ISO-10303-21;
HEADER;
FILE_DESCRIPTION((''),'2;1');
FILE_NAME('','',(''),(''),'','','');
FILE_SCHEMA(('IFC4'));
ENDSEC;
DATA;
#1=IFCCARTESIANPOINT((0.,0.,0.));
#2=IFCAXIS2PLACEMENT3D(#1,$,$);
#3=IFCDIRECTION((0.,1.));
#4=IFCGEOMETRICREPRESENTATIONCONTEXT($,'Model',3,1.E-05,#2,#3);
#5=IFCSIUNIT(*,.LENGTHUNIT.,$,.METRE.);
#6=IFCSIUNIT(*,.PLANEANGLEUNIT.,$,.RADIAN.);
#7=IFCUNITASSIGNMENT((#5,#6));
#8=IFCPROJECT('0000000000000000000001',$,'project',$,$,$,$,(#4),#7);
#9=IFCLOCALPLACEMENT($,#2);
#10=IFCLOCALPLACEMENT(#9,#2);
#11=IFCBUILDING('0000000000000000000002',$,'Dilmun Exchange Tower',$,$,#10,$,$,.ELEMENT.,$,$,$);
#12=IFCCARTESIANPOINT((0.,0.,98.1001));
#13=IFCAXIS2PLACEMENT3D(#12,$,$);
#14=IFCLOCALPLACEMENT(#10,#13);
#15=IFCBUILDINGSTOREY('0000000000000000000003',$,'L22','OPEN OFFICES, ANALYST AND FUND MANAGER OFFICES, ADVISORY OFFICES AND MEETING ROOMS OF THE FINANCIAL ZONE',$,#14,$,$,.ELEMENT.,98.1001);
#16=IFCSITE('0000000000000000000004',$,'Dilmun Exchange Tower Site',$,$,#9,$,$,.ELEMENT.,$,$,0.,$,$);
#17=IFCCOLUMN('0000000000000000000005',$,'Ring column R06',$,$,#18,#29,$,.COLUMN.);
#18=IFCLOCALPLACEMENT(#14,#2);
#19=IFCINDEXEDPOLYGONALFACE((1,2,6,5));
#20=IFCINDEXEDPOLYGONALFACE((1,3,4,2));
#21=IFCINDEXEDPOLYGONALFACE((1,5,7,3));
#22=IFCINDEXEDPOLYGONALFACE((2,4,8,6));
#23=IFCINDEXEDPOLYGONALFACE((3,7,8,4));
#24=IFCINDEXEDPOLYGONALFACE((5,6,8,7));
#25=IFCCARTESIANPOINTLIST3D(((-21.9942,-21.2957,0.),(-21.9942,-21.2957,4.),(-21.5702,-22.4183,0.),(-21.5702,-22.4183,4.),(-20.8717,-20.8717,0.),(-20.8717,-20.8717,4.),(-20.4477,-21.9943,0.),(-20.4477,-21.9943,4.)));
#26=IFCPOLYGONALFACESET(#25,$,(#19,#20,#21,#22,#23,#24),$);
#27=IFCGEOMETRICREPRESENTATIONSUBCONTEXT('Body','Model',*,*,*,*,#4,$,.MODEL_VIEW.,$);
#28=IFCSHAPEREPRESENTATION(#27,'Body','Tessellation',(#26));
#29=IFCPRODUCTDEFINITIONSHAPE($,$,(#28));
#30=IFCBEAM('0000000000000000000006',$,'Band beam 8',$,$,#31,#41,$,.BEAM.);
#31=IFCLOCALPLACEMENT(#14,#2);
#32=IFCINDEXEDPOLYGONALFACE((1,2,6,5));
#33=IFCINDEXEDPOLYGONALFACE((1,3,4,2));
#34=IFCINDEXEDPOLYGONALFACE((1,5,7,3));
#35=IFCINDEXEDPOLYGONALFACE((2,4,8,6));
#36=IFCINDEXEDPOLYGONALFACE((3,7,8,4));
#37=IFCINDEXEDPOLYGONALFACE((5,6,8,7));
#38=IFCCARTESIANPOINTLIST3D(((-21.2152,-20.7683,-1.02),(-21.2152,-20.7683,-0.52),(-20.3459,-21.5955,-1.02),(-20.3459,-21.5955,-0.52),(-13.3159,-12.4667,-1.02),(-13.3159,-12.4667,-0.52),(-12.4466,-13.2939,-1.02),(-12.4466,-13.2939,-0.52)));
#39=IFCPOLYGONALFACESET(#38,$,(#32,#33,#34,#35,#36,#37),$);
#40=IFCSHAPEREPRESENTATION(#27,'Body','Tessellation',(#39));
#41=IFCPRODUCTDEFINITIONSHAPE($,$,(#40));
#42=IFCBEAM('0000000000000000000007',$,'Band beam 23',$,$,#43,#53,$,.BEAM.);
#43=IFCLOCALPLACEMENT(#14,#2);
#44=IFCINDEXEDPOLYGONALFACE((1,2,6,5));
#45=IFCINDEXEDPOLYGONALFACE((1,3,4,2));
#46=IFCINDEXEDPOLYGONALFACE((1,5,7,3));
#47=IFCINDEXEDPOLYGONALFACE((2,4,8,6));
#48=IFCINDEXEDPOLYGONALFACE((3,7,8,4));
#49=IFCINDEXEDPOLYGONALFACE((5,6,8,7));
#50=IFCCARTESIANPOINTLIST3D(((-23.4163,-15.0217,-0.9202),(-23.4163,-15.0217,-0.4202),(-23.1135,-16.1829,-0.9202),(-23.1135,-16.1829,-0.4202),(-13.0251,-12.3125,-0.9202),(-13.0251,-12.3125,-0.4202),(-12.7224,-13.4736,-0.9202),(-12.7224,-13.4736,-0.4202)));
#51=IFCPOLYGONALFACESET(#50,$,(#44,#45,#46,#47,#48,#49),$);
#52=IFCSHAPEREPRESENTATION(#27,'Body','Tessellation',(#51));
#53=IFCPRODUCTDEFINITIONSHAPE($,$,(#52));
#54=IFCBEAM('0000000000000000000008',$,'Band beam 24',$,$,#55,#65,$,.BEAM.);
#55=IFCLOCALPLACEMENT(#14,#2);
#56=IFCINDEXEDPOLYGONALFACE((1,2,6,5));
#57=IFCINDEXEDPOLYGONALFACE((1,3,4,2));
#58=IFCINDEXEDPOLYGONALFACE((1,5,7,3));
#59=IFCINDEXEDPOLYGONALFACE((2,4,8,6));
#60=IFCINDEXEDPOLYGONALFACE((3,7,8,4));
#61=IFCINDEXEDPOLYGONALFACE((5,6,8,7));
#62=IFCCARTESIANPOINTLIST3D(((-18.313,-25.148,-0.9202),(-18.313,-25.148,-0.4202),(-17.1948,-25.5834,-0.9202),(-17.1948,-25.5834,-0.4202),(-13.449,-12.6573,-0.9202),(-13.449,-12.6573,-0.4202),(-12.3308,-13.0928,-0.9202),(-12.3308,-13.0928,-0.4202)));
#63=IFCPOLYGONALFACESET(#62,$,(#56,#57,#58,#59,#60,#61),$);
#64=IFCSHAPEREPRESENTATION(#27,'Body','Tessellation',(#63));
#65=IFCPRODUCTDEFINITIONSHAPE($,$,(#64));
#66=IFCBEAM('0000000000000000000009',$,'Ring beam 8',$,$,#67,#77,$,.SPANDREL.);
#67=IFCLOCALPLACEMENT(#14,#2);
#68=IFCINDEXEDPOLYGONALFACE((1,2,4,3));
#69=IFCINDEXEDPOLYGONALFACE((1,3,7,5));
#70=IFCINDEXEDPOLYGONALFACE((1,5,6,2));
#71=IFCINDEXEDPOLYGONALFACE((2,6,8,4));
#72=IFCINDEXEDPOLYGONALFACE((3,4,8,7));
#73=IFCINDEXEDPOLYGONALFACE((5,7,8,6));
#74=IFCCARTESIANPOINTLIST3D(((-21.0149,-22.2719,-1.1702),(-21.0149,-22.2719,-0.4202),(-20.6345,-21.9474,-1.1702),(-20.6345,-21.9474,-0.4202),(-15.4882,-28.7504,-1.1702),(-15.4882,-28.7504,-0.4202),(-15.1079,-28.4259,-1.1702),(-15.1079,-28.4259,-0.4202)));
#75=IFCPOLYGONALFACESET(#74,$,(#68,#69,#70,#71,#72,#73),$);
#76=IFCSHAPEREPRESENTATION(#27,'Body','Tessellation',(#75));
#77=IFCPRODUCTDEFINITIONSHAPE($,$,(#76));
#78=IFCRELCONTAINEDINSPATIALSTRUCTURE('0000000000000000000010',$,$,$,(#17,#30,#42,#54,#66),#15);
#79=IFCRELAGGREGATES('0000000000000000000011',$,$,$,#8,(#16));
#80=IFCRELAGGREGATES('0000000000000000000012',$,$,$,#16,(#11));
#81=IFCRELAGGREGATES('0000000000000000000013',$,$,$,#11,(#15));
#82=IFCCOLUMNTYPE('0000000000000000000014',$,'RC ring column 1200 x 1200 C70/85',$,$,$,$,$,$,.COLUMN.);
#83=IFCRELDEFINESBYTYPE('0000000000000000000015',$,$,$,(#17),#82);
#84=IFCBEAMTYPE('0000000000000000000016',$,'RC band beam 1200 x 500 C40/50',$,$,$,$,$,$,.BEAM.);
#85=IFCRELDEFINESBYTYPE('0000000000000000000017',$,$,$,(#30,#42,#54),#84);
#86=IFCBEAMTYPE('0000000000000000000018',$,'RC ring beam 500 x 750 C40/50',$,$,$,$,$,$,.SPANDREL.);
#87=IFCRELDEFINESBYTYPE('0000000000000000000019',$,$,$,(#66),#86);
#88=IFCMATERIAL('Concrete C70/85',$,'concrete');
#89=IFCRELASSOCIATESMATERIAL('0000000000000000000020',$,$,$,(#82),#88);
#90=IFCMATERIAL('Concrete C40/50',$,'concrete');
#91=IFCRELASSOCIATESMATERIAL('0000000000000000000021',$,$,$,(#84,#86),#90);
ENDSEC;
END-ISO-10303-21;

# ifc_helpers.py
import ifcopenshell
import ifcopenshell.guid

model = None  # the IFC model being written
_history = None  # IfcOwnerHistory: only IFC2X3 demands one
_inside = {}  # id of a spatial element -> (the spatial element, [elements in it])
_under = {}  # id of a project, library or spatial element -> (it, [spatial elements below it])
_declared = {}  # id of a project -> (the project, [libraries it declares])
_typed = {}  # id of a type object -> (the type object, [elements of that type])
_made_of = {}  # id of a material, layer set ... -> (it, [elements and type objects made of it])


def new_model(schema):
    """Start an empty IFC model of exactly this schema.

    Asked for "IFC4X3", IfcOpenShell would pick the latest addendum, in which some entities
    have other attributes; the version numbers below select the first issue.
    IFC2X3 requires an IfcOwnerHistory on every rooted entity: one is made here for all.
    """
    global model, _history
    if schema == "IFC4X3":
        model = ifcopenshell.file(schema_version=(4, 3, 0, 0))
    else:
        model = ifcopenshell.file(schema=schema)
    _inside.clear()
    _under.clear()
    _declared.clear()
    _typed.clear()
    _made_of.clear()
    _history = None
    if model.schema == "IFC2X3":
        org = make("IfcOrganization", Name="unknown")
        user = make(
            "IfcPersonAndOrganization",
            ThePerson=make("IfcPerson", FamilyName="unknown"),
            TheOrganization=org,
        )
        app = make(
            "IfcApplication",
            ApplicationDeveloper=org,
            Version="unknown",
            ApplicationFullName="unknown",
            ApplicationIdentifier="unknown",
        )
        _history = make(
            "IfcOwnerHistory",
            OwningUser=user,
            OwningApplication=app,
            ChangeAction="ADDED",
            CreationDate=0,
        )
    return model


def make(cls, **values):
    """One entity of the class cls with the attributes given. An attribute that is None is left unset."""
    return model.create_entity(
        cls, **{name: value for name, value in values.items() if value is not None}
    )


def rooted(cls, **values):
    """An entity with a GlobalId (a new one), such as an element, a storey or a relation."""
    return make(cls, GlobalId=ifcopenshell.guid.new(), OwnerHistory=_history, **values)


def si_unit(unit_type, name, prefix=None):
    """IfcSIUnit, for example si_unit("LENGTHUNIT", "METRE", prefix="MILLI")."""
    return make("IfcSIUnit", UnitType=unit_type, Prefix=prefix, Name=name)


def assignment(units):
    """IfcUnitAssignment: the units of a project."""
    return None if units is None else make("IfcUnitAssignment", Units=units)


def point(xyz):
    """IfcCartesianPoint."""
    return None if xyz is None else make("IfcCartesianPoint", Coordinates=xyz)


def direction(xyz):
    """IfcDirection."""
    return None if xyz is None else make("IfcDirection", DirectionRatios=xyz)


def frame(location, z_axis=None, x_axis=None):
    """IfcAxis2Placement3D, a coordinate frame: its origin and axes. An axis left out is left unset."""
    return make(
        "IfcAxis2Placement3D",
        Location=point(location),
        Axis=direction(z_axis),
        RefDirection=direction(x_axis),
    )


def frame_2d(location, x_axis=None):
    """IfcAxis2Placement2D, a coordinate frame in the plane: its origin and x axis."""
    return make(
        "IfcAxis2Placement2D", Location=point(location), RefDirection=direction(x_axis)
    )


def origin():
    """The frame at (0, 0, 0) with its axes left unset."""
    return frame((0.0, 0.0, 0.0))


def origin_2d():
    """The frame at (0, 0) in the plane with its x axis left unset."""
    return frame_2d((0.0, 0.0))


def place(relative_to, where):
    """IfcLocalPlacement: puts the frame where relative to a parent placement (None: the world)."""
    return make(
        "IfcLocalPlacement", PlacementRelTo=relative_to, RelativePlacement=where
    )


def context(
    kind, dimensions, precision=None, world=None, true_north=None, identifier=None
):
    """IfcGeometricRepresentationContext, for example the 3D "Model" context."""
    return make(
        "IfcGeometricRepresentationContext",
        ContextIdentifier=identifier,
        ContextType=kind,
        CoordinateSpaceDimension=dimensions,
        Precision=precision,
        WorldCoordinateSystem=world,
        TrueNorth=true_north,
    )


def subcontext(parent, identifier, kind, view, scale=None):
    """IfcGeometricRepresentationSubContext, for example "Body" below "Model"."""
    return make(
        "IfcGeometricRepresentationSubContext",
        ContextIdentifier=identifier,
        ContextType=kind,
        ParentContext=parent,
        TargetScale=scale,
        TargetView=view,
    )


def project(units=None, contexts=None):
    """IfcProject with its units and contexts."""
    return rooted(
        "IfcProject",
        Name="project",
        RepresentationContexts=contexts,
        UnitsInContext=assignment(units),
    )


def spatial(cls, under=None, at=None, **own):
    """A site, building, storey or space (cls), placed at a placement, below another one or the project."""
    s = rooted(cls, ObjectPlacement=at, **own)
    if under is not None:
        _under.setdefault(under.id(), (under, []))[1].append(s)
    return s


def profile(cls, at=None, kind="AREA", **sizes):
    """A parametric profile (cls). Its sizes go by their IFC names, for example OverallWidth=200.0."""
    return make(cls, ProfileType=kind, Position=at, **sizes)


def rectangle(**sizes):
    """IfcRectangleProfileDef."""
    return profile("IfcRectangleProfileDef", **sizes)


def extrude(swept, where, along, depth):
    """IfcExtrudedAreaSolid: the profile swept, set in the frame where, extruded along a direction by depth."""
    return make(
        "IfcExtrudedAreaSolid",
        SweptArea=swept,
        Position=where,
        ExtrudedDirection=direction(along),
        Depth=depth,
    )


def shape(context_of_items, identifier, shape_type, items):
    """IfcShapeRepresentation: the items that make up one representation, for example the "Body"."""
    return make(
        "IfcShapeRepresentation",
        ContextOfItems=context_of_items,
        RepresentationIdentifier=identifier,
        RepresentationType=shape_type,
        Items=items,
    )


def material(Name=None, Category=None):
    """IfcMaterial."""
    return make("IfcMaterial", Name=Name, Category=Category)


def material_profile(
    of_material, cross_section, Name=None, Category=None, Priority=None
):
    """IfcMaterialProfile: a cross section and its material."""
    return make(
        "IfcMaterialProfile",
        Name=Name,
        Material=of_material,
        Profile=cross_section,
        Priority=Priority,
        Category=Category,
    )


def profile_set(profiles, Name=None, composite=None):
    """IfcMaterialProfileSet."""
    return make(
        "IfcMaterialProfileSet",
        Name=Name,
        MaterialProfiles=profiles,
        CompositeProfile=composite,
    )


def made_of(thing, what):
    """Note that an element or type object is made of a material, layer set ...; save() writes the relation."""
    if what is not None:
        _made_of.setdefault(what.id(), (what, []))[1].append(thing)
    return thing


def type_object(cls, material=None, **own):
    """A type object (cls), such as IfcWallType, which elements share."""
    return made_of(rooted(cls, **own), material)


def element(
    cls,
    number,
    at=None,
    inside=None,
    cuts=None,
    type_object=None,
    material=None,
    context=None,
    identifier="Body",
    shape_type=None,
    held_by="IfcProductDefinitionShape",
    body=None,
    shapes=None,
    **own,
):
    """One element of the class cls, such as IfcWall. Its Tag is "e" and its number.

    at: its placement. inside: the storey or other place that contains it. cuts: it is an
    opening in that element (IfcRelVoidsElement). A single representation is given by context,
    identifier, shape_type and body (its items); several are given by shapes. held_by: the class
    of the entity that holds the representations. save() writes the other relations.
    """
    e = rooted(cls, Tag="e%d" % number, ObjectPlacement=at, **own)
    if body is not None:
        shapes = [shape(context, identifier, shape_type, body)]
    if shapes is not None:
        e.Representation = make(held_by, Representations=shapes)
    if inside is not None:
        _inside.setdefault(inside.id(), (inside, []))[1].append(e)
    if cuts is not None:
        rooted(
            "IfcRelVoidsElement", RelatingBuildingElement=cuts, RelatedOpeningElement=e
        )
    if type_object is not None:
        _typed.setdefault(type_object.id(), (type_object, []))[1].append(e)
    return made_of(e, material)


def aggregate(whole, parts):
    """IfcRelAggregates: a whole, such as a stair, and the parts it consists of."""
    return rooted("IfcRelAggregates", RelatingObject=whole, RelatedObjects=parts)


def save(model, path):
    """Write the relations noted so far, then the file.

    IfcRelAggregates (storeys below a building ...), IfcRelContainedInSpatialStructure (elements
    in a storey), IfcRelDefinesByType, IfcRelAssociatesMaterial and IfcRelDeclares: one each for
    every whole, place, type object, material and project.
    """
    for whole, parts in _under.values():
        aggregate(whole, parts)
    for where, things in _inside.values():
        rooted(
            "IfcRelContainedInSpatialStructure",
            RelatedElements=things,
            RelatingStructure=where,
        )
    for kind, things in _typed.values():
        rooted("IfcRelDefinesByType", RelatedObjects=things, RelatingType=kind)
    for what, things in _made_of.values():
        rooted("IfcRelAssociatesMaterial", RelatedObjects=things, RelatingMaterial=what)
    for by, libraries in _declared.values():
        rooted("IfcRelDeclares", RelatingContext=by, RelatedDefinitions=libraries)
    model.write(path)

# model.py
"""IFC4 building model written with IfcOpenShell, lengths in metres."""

from ifc_helpers import new_model, si_unit, direction, frame, origin, origin_2d, place, context, subcontext, project, spatial, rectangle, extrude, material, material_profile, profile_set, type_object, element, save


model = new_model("IFC4")

# Units and contexts
model_context = context("Model", 3, precision=1e-05, world=origin(), true_north=direction((0.0, 1.0)))
body_context = subcontext(model_context, "Body", "Model", "MODEL_VIEW")
ifc_project = project(units=[si_unit("LENGTHUNIT", "METRE"), si_unit("PLANEANGLEUNIT", "RADIAN")], contexts=[model_context])

# Site, building, storey
site_placement = place(None, origin())
site = spatial("IfcSite", under=ifc_project, at=site_placement, Name="Dilmun Exchange Tower Site", CompositionType="ELEMENT", RefElevation=0.0)
building_placement = place(site_placement, origin())
building = spatial("IfcBuilding", under=site, at=building_placement, Name="Dilmun Exchange Tower", CompositionType="ELEMENT")
storey_placement = place(building_placement, frame((0.0, 0.0, 98.1001)))
storey = spatial("IfcBuildingStorey", under=building, at=storey_placement, Name="L22", Description="OPEN OFFICES, ANALYST AND FUND MANAGER OFFICES, ADVISORY OFFICES AND MEETING ROOMS OF THE FINANCIAL ZONE", CompositionType="ELEMENT", Elevation=98.1001)

# Column
ifc_material_1 = material(Name="Concrete C70/85", Category="concrete")
ifc_material_profile_1 = material_profile(ifc_material_1, rectangle(XDim=1.2, YDim=1.2, at=origin_2d()), Name="1200 x 1200")
ifc_profile_set_1 = profile_set([ifc_material_profile_1], Name="Concrete C70/85")
column_type = type_object("IfcColumnType", Name="RC ring column 1200 x 1200 C70/85", PredefinedType="COLUMN", material=ifc_profile_set_1)
column_placement = place(storey_placement, frame((-21.2209, -21.645, 0.0), z_axis=(0.0, 0.0, 1.0), x_axis=(0.935492, 0.353349, 0.0)))
element("IfcColumn", 1, at=column_placement, inside=storey, type_object=column_type, Name="Ring column R06", PredefinedType="COLUMN", context=body_context, shape_type="SweptSolid", body=[
    extrude(rectangle(XDim=1.2, YDim=1.2, at=origin_2d()), origin(), (0.0, 0.0, 1.0), 4.0),
])

# Beams
ifc_material_2 = material(Name="Concrete C40/50", Category="concrete")
ifc_material_profile_2 = material_profile(ifc_material_2, rectangle(XDim=1.2, YDim=0.5, at=origin_2d()), Name="1200 x 500")
ifc_profile_set_2 = profile_set([ifc_material_profile_2], Name="Concrete C40/50")
beam_type_1 = type_object("IfcBeamType", Name="RC band beam 1200 x 500 C40/50", PredefinedType="BEAM", material=ifc_profile_set_2)
beam_1_placement = place(storey_placement, frame((-20.7805, -21.1819, -0.77), z_axis=(0.689333, 0.724444, 0.0), x_axis=(-0.724444, 0.689333, 0.0)))
element("IfcBeam", 2, at=beam_1_placement, inside=storey, type_object=beam_type_1, Name="Band beam 8", PredefinedType="BEAM", context=body_context, shape_type="SweptSolid", body=[
    extrude(rectangle(XDim=1.2, YDim=0.5, at=origin_2d()), origin(), (0.0, 0.0, 1.0), 11.4592),
])
beam_2_placement = place(storey_placement, frame((-23.2649, -15.6023, -0.6702), z_axis=(0.967651, 0.252291, 0.0), x_axis=(-0.252291, 0.967651, 0.0)))
element("IfcBeam", 3, at=beam_2_placement, inside=storey, type_object=beam_type_1, Name="Band beam 23", PredefinedType="BEAM", context=body_context, shape_type="SweptSolid", body=[
    extrude(rectangle(XDim=1.2, YDim=0.5, at=origin_2d()), origin(), (0.0, 0.0, 1.0), 10.7385),
])
beam_3_placement = place(storey_placement, frame((-17.7539, -25.3657, -0.6702), z_axis=(0.362868, 0.931841, 0.0), x_axis=(-0.931841, 0.362868, 0.0)))
element("IfcBeam", 4, at=beam_3_placement, inside=storey, type_object=beam_type_1, Name="Band beam 24", PredefinedType="BEAM", context=body_context, shape_type="SweptSolid", body=[
    extrude(rectangle(XDim=1.2, YDim=0.5, at=origin_2d()), origin(), (0.0, 0.0, 1.0), 13.4043),
])
ifc_material_profile_3 = material_profile(ifc_material_2, rectangle(XDim=0.5, YDim=0.75, at=origin_2d()), Name="500 x 750")
ifc_profile_set_3 = profile_set([ifc_material_profile_3], Name="Concrete C40/50")
beam_type_2 = type_object("IfcBeamType", Name="RC ring beam 500 x 750 C40/50", PredefinedType="SPANDREL", material=ifc_profile_set_3)
beam_4_placement = place(storey_placement, frame((-20.8247, -22.1096, -0.7952), z_axis=(0.649002, -0.760786, 0.0), x_axis=(0.760786, 0.649002, 0.0)))
element("IfcBeam", 5, at=beam_4_placement, inside=storey, type_object=beam_type_2, Name="Ring beam 8", PredefinedType="SPANDREL", context=body_context, shape_type="SweptSolid", body=[
    extrude(rectangle(XDim=0.5, YDim=0.75, at=origin_2d()), origin(), (0.0, 0.0, 1.0), 8.5156),
])

save(model, "model.ifc")
